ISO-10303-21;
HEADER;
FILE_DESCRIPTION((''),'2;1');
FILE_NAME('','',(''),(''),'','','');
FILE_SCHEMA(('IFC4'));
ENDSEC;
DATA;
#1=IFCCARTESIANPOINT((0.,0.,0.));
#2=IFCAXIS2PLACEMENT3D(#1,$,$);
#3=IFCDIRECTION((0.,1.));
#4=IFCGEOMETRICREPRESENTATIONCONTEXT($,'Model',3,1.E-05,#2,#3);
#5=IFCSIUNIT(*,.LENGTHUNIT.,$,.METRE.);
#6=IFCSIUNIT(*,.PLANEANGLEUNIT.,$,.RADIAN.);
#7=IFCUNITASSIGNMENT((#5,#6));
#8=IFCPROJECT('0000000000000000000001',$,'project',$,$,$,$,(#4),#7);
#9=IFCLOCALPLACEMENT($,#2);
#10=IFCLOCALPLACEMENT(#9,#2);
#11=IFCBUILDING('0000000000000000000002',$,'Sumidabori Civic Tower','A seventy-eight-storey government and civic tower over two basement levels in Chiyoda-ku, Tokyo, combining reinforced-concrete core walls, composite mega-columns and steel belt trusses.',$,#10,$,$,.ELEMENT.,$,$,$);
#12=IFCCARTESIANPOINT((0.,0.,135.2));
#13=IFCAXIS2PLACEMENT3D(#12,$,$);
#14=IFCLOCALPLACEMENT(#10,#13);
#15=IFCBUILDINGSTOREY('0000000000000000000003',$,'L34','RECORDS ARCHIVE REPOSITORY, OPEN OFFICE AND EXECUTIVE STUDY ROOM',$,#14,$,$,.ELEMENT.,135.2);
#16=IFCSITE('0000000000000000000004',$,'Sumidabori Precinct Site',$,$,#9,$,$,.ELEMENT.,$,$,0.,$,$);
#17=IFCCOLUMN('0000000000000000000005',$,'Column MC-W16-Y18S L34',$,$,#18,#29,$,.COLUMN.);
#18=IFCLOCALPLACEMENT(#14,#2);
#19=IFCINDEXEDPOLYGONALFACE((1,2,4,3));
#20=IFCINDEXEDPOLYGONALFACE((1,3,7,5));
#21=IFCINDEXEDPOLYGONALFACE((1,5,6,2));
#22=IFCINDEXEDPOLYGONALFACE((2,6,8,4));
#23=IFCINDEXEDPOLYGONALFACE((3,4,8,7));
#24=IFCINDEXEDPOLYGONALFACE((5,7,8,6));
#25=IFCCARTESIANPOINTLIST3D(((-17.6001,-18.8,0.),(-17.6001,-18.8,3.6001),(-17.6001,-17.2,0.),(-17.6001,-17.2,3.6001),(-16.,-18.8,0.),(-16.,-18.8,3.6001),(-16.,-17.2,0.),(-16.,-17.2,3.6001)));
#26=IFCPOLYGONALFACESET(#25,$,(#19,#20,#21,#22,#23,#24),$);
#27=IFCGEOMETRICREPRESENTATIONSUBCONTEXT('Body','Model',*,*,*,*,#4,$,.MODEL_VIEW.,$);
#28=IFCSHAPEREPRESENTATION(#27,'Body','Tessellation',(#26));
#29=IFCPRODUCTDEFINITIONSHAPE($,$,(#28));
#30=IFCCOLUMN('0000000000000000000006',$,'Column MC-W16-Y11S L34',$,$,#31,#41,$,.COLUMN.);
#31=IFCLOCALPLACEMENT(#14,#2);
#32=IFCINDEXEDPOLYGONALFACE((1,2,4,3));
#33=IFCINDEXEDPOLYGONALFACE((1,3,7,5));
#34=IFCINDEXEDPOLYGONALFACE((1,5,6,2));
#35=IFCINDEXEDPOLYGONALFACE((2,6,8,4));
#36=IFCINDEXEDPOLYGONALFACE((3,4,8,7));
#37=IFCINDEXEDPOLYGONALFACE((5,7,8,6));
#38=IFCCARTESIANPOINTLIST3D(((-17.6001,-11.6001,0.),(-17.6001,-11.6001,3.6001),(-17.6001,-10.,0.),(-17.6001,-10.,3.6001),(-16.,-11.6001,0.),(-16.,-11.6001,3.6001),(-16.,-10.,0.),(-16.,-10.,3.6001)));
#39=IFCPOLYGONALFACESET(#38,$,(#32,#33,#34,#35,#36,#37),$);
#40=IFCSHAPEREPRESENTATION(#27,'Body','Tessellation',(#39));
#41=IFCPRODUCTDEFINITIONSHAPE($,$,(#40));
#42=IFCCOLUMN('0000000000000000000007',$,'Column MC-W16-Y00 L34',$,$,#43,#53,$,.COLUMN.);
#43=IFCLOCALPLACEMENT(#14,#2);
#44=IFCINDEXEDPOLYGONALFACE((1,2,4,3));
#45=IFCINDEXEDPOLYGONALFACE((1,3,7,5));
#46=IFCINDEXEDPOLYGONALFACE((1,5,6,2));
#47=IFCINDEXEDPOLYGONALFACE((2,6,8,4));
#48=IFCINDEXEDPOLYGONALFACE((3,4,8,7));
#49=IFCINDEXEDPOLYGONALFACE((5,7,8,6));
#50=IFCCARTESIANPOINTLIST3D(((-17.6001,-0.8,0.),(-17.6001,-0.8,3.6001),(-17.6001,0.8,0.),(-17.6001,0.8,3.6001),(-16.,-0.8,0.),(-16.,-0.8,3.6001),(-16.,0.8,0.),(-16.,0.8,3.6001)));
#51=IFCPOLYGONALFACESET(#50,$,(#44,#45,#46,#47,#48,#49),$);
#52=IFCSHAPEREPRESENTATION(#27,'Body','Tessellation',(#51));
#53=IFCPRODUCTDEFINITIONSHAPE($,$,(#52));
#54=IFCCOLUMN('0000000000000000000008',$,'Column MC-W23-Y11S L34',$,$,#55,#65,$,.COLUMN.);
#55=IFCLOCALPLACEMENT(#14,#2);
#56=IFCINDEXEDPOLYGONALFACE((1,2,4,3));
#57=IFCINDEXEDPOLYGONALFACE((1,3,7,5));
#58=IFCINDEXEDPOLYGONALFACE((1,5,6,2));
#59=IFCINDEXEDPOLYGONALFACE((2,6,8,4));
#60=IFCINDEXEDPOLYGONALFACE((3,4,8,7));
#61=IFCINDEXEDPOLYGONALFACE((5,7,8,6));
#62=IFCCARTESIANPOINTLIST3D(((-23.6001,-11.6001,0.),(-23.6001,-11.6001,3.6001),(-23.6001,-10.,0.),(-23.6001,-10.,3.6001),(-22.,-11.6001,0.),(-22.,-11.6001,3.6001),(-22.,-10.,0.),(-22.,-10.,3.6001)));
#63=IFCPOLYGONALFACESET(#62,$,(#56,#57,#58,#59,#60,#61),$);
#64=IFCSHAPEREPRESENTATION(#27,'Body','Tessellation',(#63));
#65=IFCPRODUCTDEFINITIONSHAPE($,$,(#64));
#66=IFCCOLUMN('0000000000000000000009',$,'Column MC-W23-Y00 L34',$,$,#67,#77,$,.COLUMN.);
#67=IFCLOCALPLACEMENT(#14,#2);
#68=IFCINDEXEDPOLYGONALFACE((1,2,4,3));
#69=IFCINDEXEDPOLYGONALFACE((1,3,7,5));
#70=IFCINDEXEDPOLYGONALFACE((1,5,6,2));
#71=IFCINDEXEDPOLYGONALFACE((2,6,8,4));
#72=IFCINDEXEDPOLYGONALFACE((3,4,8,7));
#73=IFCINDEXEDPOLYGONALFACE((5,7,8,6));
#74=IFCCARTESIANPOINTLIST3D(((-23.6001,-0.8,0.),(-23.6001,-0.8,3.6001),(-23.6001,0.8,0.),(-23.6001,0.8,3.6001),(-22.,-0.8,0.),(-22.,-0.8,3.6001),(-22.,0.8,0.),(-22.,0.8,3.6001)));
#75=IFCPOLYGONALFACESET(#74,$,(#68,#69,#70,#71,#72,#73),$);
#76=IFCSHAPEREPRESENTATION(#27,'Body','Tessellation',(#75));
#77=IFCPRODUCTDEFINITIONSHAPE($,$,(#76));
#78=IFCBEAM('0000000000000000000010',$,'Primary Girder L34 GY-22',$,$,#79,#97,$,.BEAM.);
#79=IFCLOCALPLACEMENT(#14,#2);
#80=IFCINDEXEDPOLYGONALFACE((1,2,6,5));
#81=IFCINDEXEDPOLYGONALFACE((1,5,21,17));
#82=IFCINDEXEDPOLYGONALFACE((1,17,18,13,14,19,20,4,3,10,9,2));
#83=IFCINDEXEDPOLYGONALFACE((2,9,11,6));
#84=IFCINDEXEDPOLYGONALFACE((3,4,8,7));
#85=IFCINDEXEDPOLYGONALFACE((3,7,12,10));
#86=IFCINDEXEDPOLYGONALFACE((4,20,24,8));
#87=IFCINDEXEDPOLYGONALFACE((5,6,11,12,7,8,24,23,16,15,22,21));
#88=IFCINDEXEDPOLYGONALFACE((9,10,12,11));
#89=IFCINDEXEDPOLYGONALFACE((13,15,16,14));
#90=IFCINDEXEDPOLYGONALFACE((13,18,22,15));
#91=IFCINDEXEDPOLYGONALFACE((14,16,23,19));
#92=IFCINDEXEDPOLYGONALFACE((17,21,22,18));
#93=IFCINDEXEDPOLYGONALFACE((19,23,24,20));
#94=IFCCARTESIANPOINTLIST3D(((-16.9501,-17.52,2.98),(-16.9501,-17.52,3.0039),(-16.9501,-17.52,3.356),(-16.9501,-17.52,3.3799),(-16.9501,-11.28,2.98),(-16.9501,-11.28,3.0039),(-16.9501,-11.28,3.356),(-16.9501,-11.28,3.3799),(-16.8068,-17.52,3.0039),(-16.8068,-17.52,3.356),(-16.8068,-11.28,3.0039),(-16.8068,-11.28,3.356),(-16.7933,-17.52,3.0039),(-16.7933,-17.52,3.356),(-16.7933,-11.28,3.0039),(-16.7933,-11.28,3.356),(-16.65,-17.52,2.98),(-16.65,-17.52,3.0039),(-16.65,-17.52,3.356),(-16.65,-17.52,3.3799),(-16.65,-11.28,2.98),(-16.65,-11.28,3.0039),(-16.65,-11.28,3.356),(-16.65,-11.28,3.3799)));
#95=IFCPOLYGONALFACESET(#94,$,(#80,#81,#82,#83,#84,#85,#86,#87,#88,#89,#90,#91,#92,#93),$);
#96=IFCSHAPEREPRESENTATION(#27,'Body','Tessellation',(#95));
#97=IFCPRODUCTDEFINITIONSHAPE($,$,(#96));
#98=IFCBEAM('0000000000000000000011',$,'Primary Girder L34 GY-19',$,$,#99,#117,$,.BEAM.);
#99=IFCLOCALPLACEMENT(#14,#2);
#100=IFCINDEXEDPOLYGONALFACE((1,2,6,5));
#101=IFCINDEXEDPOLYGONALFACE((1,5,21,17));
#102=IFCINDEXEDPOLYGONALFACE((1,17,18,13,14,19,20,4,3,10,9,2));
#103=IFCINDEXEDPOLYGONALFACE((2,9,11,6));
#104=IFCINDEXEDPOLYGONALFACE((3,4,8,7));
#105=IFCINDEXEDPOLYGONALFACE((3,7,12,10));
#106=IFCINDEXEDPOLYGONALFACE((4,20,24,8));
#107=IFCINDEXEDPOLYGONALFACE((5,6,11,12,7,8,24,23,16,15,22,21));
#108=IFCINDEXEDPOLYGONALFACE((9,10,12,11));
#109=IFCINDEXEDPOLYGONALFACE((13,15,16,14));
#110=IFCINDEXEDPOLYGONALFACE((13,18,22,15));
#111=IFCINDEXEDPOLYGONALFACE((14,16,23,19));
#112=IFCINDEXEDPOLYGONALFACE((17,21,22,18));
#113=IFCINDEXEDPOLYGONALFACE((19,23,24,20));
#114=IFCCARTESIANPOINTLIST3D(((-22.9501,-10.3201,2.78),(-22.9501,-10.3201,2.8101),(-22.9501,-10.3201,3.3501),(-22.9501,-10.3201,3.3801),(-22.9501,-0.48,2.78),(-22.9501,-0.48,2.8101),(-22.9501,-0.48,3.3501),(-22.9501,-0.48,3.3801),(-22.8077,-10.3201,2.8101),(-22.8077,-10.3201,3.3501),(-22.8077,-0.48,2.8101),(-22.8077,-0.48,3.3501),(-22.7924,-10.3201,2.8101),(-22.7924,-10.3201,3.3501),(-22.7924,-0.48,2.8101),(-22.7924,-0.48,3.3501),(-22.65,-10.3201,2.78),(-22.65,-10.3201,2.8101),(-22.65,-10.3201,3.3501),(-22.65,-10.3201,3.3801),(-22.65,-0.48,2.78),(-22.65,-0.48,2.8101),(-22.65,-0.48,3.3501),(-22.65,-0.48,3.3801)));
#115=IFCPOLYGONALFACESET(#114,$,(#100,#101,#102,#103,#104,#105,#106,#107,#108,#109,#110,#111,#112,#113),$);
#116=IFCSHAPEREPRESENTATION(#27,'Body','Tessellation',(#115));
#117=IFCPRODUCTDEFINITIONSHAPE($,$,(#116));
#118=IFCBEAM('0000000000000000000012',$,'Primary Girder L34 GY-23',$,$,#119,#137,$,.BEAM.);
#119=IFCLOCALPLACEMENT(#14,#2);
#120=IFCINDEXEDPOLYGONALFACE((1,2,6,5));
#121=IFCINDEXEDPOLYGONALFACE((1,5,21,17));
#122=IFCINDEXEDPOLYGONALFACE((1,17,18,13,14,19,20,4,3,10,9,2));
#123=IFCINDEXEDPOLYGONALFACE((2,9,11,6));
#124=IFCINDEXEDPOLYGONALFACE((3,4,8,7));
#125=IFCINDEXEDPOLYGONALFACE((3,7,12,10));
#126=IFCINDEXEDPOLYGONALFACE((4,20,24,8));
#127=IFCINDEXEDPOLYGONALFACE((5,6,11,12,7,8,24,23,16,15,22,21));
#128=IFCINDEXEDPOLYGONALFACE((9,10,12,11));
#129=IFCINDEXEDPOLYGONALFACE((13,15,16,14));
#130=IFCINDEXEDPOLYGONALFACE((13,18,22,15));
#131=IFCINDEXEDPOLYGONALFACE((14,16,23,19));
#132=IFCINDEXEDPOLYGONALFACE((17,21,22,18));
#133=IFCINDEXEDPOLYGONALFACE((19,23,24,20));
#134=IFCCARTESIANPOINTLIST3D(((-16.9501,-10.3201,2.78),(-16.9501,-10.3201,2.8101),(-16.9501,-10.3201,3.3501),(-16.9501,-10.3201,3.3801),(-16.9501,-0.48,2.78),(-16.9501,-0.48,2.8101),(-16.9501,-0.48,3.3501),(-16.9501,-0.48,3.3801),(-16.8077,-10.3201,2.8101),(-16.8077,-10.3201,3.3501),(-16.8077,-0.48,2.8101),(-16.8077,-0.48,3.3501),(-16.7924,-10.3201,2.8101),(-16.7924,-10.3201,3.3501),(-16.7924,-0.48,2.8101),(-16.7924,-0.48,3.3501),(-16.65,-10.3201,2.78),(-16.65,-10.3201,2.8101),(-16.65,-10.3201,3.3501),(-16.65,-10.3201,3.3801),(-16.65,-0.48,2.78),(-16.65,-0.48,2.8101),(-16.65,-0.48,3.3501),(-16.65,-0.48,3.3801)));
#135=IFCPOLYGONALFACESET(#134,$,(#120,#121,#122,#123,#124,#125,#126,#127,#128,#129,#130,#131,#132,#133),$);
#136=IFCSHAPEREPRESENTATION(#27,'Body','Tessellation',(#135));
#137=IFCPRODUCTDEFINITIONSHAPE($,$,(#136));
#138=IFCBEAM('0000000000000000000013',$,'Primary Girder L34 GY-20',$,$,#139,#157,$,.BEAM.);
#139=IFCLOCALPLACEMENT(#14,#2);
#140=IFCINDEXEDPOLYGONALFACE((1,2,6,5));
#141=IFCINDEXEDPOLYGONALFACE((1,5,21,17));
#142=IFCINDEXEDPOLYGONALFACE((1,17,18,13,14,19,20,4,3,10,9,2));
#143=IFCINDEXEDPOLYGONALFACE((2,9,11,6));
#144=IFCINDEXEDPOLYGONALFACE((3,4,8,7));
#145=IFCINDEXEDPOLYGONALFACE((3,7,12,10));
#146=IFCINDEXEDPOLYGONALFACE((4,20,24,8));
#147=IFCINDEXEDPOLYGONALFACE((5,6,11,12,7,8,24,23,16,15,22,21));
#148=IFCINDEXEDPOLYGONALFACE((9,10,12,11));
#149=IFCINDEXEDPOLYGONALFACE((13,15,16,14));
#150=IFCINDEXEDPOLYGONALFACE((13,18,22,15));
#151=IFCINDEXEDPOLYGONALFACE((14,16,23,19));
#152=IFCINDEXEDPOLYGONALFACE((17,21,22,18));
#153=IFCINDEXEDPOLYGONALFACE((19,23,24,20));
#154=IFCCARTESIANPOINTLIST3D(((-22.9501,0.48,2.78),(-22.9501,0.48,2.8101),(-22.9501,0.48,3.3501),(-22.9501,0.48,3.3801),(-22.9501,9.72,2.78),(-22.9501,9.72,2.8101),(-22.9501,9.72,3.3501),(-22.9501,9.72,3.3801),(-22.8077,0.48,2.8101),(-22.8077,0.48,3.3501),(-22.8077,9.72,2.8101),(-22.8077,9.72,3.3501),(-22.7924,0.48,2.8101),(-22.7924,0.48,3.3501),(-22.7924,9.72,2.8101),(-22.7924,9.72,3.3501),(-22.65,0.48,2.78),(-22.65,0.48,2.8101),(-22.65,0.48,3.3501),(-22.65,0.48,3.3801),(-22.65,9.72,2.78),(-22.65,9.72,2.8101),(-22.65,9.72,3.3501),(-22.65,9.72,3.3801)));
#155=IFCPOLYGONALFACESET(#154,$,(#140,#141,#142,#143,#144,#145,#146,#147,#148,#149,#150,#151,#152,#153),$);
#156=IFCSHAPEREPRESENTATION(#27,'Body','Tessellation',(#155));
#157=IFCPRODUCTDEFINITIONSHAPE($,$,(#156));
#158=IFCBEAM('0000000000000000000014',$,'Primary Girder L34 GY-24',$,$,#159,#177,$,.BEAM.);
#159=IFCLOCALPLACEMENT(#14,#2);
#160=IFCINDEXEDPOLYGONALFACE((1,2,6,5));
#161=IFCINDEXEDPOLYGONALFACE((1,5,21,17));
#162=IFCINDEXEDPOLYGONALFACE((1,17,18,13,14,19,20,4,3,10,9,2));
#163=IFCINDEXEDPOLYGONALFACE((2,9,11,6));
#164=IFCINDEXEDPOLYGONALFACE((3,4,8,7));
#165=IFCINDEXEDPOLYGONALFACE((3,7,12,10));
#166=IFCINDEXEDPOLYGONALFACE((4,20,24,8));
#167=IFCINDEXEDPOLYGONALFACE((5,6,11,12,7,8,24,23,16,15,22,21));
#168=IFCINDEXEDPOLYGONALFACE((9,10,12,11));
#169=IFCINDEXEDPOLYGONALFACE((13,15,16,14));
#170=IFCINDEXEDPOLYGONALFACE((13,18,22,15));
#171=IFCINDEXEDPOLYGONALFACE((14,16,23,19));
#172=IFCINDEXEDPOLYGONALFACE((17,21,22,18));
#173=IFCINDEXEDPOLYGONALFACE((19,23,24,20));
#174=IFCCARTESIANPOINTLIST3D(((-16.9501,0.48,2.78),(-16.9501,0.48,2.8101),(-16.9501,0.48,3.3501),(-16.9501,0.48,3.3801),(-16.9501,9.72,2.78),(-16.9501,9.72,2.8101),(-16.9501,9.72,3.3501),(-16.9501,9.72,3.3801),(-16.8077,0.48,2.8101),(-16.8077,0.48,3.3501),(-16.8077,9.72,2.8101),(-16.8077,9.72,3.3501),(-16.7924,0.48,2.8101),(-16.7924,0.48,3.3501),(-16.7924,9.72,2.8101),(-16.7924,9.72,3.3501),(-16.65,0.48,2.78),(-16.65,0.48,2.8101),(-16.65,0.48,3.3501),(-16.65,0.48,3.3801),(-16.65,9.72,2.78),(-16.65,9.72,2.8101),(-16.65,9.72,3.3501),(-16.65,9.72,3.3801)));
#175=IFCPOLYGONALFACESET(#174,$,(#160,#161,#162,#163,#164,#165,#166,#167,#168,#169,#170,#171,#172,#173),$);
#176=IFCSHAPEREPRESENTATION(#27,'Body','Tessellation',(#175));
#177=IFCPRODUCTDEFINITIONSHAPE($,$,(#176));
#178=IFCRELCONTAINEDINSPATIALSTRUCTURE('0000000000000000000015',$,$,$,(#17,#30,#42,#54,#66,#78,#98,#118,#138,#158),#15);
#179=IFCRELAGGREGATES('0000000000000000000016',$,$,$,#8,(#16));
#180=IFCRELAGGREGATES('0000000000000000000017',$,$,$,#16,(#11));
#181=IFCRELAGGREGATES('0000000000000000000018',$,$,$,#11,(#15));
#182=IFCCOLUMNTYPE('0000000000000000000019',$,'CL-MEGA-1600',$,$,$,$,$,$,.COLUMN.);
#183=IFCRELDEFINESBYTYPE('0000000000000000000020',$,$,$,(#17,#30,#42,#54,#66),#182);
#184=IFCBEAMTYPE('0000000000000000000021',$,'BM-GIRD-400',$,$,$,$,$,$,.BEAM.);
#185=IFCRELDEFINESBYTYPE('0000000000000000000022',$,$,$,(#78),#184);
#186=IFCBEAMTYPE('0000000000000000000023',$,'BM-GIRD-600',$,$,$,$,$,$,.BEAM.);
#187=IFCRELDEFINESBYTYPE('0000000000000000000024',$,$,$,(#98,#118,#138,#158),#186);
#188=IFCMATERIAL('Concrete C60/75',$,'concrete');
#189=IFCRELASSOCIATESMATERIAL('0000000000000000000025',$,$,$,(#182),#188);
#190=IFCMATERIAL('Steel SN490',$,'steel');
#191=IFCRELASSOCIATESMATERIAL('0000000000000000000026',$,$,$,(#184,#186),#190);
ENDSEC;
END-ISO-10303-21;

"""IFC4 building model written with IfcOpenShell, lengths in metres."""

from ifc_helpers import new_model, si_unit, direction, frame, origin, origin_2d, place, context, subcontext, project, spatial, rectangle, i_section, extrude, source, transform, mapped, material, material_profile, profile_set, type_object, element, save


model = new_model("IFC4")

# Units and contexts
model_context = context("Model", 3, precision=1e-05, world=origin(), true_north=direction((0.0, 1.0)))
body_context = subcontext(model_context, "Body", "Model", "MODEL_VIEW")
ifc_project = project(units=[si_unit("LENGTHUNIT", "METRE"), si_unit("PLANEANGLEUNIT", "RADIAN")], contexts=[model_context])

# Site, building, storey
site_placement = place(None, origin())
site = spatial("IfcSite", under=ifc_project, at=site_placement, Name="Sumidabori Precinct Site", CompositionType="ELEMENT", RefElevation=0.0)
building_placement = place(site_placement, origin())
building = spatial("IfcBuilding", under=site, at=building_placement, Name="Sumidabori Civic Tower", Description="A seventy-eight-storey government and civic tower over two basement levels in Chiyoda-ku, Tokyo, combining reinforced-concrete core walls, composite mega-columns and steel belt trusses.", CompositionType="ELEMENT")
storey_placement = place(building_placement, frame((0.0, 0.0, 135.2)))
storey = spatial("IfcBuildingStorey", under=building, at=storey_placement, Name="L34", Description="RECORDS ARCHIVE REPOSITORY, OPEN OFFICE AND EXECUTIVE STUDY ROOM", CompositionType="ELEMENT", Elevation=135.2)

# Columns
ifc_material_1 = material(Name="Concrete C60/75", Category="concrete")
ifc_material_profile_1 = material_profile(ifc_material_1, rectangle(XDim=1.6001, YDim=1.6001, at=origin_2d()), Name="RC 1600x1600")
ifc_profile_set_1 = profile_set([ifc_material_profile_1], Name="Concrete C60/75")
column_type = type_object("IfcColumnType", Name="CL-MEGA-1600", PredefinedType="COLUMN", material=ifc_profile_set_1)
shared_shape_1 = source(origin(), body_context, "Body", "SweptSolid", [
    extrude(rectangle(XDim=1.6001, YDim=1.6001, at=origin_2d()), origin(), (0.0, 0.0, 1.0), 3.6001),
])
for number, where, z_axis, x_axis, name in (
    (1, (-16.8, -18.0, 0.0), (0.0, 0.0, 1.0), (1.0, 0.0, 0.0), "Column MC-W16-Y18S L34"),
    (2, (-16.8, -10.8, 0.0), (0.0, 0.0, 1.0), (1.0, 0.0, 0.0), "Column MC-W16-Y11S L34"),
    (3, (-16.8, 0.0, 0.0), (0.0, 0.0, 1.0), (1.0, 0.0, 0.0), "Column MC-W16-Y00 L34"),
    (4, (-22.8, -10.8, 0.0), (0.0, 0.0, 1.0), (1.0, 0.0, 0.0), "Column MC-W23-Y11S L34"),
    (5, (-22.8, 0.0, 0.0), (0.0, 0.0, 1.0), (1.0, 0.0, 0.0), "Column MC-W23-Y00 L34"),
):
    element("IfcColumn", number, at=place(storey_placement, frame(where, z_axis=z_axis, x_axis=x_axis)), inside=storey, type_object=column_type, Name=name, PredefinedType="COLUMN", context=body_context, shape_type="MappedRepresentation", body=[
        mapped(shared_shape_1, transform((0.0, 0.0, 0.0), x_axis=(1.0, 0.0, 0.0), y_axis=(0.0, 1.0, 0.0), z_axis=(0.0, 0.0, 1.0), scale=1.0)),
    ])

# Beams
ifc_material_2 = material(Name="Steel SN490", Category="steel")
ifc_material_profile_2 = material_profile(ifc_material_2, i_section(OverallWidth=0.3, OverallDepth=0.3999, WebThickness=0.0134, FlangeThickness=0.0239, at=origin_2d()), Name="HE 400 B")
ifc_profile_set_2 = profile_set([ifc_material_profile_2], Name="Steel SN490")
beam_type_1 = type_object("IfcBeamType", Name="BM-GIRD-400", PredefinedType="BEAM", material=ifc_profile_set_2)
shared_shape_2 = source(origin(), body_context, "Body", "SweptSolid", [
    extrude(i_section(OverallWidth=0.3, OverallDepth=0.3999, WebThickness=0.0134, FlangeThickness=0.0239, at=origin_2d()), origin(), (0.0, 0.0, 1.0), 6.24),
])
beam_placement = place(storey_placement, frame((-16.8, -17.52, 3.1799), z_axis=(0.0, 1.0, 0.0), x_axis=(-1.0, 0.0, 0.0)))
element("IfcBeam", 6, at=beam_placement, inside=storey, type_object=beam_type_1, Name="Primary Girder L34 GY-22", PredefinedType="BEAM", context=body_context, shape_type="MappedRepresentation", body=[
    mapped(shared_shape_2, transform((0.0, 0.0, 0.0), x_axis=(1.0, 0.0, 0.0), y_axis=(0.0, 1.0, 0.0), z_axis=(0.0, 0.0, 1.0), scale=1.0)),
])
ifc_material_profile_3 = material_profile(ifc_material_2, i_section(OverallWidth=0.3, OverallDepth=0.6001, WebThickness=0.0154, FlangeThickness=0.03, at=origin_2d()), Name="HE 600 B")
ifc_profile_set_3 = profile_set([ifc_material_profile_3], Name="Steel SN490")
beam_type_2 = type_object("IfcBeamType", Name="BM-GIRD-600", PredefinedType="BEAM", material=ifc_profile_set_3)
shared_shape_3 = source(origin(), body_context, "Body", "SweptSolid", [
    extrude(i_section(OverallWidth=0.3, OverallDepth=0.6001, WebThickness=0.0154, FlangeThickness=0.03, at=origin_2d()), origin(), (0.0, 0.0, 1.0), 9.8401),
])
for number, where, z_axis, x_axis, name in (
    (7, (-22.8, -10.3201, 3.0801), (0.0, 1.0, 0.0), (-1.0, 0.0, 0.0), "Primary Girder L34 GY-19"),
    (8, (-16.8, -10.3201, 3.0801), (0.0, 1.0, 0.0), (-1.0, 0.0, 0.0), "Primary Girder L34 GY-23"),
):
    element("IfcBeam", number, at=place(storey_placement, frame(where, z_axis=z_axis, x_axis=x_axis)), inside=storey, type_object=beam_type_2, Name=name, PredefinedType="BEAM", context=body_context, shape_type="MappedRepresentation", body=[
        mapped(shared_shape_3, transform((0.0, 0.0, 0.0), x_axis=(1.0, 0.0, 0.0), y_axis=(0.0, 1.0, 0.0), z_axis=(0.0, 0.0, 1.0), scale=1.0)),
    ])
shared_shape_4 = source(origin(), body_context, "Body", "SweptSolid", [
    extrude(i_section(OverallWidth=0.3, OverallDepth=0.6001, WebThickness=0.0154, FlangeThickness=0.03, at=origin_2d()), origin(), (0.0, 0.0, 1.0), 9.24),
])
for number, where, z_axis, x_axis, name in (
    (9, (-22.8, 0.48, 3.0801), (0.0, 1.0, 0.0), (-1.0, 0.0, 0.0), "Primary Girder L34 GY-20"),
    (10, (-16.8, 0.48, 3.0801), (0.0, 1.0, 0.0), (-1.0, 0.0, 0.0), "Primary Girder L34 GY-24"),
):
    element("IfcBeam", number, at=place(storey_placement, frame(where, z_axis=z_axis, x_axis=x_axis)), inside=storey, type_object=beam_type_2, Name=name, PredefinedType="BEAM", context=body_context, shape_type="MappedRepresentation", body=[
        mapped(shared_shape_4, transform((0.0, 0.0, 0.0), x_axis=(1.0, 0.0, 0.0), y_axis=(0.0, 1.0, 0.0), z_axis=(0.0, 0.0, 1.0), scale=1.0)),
    ])

save(model, "model.ifc")
